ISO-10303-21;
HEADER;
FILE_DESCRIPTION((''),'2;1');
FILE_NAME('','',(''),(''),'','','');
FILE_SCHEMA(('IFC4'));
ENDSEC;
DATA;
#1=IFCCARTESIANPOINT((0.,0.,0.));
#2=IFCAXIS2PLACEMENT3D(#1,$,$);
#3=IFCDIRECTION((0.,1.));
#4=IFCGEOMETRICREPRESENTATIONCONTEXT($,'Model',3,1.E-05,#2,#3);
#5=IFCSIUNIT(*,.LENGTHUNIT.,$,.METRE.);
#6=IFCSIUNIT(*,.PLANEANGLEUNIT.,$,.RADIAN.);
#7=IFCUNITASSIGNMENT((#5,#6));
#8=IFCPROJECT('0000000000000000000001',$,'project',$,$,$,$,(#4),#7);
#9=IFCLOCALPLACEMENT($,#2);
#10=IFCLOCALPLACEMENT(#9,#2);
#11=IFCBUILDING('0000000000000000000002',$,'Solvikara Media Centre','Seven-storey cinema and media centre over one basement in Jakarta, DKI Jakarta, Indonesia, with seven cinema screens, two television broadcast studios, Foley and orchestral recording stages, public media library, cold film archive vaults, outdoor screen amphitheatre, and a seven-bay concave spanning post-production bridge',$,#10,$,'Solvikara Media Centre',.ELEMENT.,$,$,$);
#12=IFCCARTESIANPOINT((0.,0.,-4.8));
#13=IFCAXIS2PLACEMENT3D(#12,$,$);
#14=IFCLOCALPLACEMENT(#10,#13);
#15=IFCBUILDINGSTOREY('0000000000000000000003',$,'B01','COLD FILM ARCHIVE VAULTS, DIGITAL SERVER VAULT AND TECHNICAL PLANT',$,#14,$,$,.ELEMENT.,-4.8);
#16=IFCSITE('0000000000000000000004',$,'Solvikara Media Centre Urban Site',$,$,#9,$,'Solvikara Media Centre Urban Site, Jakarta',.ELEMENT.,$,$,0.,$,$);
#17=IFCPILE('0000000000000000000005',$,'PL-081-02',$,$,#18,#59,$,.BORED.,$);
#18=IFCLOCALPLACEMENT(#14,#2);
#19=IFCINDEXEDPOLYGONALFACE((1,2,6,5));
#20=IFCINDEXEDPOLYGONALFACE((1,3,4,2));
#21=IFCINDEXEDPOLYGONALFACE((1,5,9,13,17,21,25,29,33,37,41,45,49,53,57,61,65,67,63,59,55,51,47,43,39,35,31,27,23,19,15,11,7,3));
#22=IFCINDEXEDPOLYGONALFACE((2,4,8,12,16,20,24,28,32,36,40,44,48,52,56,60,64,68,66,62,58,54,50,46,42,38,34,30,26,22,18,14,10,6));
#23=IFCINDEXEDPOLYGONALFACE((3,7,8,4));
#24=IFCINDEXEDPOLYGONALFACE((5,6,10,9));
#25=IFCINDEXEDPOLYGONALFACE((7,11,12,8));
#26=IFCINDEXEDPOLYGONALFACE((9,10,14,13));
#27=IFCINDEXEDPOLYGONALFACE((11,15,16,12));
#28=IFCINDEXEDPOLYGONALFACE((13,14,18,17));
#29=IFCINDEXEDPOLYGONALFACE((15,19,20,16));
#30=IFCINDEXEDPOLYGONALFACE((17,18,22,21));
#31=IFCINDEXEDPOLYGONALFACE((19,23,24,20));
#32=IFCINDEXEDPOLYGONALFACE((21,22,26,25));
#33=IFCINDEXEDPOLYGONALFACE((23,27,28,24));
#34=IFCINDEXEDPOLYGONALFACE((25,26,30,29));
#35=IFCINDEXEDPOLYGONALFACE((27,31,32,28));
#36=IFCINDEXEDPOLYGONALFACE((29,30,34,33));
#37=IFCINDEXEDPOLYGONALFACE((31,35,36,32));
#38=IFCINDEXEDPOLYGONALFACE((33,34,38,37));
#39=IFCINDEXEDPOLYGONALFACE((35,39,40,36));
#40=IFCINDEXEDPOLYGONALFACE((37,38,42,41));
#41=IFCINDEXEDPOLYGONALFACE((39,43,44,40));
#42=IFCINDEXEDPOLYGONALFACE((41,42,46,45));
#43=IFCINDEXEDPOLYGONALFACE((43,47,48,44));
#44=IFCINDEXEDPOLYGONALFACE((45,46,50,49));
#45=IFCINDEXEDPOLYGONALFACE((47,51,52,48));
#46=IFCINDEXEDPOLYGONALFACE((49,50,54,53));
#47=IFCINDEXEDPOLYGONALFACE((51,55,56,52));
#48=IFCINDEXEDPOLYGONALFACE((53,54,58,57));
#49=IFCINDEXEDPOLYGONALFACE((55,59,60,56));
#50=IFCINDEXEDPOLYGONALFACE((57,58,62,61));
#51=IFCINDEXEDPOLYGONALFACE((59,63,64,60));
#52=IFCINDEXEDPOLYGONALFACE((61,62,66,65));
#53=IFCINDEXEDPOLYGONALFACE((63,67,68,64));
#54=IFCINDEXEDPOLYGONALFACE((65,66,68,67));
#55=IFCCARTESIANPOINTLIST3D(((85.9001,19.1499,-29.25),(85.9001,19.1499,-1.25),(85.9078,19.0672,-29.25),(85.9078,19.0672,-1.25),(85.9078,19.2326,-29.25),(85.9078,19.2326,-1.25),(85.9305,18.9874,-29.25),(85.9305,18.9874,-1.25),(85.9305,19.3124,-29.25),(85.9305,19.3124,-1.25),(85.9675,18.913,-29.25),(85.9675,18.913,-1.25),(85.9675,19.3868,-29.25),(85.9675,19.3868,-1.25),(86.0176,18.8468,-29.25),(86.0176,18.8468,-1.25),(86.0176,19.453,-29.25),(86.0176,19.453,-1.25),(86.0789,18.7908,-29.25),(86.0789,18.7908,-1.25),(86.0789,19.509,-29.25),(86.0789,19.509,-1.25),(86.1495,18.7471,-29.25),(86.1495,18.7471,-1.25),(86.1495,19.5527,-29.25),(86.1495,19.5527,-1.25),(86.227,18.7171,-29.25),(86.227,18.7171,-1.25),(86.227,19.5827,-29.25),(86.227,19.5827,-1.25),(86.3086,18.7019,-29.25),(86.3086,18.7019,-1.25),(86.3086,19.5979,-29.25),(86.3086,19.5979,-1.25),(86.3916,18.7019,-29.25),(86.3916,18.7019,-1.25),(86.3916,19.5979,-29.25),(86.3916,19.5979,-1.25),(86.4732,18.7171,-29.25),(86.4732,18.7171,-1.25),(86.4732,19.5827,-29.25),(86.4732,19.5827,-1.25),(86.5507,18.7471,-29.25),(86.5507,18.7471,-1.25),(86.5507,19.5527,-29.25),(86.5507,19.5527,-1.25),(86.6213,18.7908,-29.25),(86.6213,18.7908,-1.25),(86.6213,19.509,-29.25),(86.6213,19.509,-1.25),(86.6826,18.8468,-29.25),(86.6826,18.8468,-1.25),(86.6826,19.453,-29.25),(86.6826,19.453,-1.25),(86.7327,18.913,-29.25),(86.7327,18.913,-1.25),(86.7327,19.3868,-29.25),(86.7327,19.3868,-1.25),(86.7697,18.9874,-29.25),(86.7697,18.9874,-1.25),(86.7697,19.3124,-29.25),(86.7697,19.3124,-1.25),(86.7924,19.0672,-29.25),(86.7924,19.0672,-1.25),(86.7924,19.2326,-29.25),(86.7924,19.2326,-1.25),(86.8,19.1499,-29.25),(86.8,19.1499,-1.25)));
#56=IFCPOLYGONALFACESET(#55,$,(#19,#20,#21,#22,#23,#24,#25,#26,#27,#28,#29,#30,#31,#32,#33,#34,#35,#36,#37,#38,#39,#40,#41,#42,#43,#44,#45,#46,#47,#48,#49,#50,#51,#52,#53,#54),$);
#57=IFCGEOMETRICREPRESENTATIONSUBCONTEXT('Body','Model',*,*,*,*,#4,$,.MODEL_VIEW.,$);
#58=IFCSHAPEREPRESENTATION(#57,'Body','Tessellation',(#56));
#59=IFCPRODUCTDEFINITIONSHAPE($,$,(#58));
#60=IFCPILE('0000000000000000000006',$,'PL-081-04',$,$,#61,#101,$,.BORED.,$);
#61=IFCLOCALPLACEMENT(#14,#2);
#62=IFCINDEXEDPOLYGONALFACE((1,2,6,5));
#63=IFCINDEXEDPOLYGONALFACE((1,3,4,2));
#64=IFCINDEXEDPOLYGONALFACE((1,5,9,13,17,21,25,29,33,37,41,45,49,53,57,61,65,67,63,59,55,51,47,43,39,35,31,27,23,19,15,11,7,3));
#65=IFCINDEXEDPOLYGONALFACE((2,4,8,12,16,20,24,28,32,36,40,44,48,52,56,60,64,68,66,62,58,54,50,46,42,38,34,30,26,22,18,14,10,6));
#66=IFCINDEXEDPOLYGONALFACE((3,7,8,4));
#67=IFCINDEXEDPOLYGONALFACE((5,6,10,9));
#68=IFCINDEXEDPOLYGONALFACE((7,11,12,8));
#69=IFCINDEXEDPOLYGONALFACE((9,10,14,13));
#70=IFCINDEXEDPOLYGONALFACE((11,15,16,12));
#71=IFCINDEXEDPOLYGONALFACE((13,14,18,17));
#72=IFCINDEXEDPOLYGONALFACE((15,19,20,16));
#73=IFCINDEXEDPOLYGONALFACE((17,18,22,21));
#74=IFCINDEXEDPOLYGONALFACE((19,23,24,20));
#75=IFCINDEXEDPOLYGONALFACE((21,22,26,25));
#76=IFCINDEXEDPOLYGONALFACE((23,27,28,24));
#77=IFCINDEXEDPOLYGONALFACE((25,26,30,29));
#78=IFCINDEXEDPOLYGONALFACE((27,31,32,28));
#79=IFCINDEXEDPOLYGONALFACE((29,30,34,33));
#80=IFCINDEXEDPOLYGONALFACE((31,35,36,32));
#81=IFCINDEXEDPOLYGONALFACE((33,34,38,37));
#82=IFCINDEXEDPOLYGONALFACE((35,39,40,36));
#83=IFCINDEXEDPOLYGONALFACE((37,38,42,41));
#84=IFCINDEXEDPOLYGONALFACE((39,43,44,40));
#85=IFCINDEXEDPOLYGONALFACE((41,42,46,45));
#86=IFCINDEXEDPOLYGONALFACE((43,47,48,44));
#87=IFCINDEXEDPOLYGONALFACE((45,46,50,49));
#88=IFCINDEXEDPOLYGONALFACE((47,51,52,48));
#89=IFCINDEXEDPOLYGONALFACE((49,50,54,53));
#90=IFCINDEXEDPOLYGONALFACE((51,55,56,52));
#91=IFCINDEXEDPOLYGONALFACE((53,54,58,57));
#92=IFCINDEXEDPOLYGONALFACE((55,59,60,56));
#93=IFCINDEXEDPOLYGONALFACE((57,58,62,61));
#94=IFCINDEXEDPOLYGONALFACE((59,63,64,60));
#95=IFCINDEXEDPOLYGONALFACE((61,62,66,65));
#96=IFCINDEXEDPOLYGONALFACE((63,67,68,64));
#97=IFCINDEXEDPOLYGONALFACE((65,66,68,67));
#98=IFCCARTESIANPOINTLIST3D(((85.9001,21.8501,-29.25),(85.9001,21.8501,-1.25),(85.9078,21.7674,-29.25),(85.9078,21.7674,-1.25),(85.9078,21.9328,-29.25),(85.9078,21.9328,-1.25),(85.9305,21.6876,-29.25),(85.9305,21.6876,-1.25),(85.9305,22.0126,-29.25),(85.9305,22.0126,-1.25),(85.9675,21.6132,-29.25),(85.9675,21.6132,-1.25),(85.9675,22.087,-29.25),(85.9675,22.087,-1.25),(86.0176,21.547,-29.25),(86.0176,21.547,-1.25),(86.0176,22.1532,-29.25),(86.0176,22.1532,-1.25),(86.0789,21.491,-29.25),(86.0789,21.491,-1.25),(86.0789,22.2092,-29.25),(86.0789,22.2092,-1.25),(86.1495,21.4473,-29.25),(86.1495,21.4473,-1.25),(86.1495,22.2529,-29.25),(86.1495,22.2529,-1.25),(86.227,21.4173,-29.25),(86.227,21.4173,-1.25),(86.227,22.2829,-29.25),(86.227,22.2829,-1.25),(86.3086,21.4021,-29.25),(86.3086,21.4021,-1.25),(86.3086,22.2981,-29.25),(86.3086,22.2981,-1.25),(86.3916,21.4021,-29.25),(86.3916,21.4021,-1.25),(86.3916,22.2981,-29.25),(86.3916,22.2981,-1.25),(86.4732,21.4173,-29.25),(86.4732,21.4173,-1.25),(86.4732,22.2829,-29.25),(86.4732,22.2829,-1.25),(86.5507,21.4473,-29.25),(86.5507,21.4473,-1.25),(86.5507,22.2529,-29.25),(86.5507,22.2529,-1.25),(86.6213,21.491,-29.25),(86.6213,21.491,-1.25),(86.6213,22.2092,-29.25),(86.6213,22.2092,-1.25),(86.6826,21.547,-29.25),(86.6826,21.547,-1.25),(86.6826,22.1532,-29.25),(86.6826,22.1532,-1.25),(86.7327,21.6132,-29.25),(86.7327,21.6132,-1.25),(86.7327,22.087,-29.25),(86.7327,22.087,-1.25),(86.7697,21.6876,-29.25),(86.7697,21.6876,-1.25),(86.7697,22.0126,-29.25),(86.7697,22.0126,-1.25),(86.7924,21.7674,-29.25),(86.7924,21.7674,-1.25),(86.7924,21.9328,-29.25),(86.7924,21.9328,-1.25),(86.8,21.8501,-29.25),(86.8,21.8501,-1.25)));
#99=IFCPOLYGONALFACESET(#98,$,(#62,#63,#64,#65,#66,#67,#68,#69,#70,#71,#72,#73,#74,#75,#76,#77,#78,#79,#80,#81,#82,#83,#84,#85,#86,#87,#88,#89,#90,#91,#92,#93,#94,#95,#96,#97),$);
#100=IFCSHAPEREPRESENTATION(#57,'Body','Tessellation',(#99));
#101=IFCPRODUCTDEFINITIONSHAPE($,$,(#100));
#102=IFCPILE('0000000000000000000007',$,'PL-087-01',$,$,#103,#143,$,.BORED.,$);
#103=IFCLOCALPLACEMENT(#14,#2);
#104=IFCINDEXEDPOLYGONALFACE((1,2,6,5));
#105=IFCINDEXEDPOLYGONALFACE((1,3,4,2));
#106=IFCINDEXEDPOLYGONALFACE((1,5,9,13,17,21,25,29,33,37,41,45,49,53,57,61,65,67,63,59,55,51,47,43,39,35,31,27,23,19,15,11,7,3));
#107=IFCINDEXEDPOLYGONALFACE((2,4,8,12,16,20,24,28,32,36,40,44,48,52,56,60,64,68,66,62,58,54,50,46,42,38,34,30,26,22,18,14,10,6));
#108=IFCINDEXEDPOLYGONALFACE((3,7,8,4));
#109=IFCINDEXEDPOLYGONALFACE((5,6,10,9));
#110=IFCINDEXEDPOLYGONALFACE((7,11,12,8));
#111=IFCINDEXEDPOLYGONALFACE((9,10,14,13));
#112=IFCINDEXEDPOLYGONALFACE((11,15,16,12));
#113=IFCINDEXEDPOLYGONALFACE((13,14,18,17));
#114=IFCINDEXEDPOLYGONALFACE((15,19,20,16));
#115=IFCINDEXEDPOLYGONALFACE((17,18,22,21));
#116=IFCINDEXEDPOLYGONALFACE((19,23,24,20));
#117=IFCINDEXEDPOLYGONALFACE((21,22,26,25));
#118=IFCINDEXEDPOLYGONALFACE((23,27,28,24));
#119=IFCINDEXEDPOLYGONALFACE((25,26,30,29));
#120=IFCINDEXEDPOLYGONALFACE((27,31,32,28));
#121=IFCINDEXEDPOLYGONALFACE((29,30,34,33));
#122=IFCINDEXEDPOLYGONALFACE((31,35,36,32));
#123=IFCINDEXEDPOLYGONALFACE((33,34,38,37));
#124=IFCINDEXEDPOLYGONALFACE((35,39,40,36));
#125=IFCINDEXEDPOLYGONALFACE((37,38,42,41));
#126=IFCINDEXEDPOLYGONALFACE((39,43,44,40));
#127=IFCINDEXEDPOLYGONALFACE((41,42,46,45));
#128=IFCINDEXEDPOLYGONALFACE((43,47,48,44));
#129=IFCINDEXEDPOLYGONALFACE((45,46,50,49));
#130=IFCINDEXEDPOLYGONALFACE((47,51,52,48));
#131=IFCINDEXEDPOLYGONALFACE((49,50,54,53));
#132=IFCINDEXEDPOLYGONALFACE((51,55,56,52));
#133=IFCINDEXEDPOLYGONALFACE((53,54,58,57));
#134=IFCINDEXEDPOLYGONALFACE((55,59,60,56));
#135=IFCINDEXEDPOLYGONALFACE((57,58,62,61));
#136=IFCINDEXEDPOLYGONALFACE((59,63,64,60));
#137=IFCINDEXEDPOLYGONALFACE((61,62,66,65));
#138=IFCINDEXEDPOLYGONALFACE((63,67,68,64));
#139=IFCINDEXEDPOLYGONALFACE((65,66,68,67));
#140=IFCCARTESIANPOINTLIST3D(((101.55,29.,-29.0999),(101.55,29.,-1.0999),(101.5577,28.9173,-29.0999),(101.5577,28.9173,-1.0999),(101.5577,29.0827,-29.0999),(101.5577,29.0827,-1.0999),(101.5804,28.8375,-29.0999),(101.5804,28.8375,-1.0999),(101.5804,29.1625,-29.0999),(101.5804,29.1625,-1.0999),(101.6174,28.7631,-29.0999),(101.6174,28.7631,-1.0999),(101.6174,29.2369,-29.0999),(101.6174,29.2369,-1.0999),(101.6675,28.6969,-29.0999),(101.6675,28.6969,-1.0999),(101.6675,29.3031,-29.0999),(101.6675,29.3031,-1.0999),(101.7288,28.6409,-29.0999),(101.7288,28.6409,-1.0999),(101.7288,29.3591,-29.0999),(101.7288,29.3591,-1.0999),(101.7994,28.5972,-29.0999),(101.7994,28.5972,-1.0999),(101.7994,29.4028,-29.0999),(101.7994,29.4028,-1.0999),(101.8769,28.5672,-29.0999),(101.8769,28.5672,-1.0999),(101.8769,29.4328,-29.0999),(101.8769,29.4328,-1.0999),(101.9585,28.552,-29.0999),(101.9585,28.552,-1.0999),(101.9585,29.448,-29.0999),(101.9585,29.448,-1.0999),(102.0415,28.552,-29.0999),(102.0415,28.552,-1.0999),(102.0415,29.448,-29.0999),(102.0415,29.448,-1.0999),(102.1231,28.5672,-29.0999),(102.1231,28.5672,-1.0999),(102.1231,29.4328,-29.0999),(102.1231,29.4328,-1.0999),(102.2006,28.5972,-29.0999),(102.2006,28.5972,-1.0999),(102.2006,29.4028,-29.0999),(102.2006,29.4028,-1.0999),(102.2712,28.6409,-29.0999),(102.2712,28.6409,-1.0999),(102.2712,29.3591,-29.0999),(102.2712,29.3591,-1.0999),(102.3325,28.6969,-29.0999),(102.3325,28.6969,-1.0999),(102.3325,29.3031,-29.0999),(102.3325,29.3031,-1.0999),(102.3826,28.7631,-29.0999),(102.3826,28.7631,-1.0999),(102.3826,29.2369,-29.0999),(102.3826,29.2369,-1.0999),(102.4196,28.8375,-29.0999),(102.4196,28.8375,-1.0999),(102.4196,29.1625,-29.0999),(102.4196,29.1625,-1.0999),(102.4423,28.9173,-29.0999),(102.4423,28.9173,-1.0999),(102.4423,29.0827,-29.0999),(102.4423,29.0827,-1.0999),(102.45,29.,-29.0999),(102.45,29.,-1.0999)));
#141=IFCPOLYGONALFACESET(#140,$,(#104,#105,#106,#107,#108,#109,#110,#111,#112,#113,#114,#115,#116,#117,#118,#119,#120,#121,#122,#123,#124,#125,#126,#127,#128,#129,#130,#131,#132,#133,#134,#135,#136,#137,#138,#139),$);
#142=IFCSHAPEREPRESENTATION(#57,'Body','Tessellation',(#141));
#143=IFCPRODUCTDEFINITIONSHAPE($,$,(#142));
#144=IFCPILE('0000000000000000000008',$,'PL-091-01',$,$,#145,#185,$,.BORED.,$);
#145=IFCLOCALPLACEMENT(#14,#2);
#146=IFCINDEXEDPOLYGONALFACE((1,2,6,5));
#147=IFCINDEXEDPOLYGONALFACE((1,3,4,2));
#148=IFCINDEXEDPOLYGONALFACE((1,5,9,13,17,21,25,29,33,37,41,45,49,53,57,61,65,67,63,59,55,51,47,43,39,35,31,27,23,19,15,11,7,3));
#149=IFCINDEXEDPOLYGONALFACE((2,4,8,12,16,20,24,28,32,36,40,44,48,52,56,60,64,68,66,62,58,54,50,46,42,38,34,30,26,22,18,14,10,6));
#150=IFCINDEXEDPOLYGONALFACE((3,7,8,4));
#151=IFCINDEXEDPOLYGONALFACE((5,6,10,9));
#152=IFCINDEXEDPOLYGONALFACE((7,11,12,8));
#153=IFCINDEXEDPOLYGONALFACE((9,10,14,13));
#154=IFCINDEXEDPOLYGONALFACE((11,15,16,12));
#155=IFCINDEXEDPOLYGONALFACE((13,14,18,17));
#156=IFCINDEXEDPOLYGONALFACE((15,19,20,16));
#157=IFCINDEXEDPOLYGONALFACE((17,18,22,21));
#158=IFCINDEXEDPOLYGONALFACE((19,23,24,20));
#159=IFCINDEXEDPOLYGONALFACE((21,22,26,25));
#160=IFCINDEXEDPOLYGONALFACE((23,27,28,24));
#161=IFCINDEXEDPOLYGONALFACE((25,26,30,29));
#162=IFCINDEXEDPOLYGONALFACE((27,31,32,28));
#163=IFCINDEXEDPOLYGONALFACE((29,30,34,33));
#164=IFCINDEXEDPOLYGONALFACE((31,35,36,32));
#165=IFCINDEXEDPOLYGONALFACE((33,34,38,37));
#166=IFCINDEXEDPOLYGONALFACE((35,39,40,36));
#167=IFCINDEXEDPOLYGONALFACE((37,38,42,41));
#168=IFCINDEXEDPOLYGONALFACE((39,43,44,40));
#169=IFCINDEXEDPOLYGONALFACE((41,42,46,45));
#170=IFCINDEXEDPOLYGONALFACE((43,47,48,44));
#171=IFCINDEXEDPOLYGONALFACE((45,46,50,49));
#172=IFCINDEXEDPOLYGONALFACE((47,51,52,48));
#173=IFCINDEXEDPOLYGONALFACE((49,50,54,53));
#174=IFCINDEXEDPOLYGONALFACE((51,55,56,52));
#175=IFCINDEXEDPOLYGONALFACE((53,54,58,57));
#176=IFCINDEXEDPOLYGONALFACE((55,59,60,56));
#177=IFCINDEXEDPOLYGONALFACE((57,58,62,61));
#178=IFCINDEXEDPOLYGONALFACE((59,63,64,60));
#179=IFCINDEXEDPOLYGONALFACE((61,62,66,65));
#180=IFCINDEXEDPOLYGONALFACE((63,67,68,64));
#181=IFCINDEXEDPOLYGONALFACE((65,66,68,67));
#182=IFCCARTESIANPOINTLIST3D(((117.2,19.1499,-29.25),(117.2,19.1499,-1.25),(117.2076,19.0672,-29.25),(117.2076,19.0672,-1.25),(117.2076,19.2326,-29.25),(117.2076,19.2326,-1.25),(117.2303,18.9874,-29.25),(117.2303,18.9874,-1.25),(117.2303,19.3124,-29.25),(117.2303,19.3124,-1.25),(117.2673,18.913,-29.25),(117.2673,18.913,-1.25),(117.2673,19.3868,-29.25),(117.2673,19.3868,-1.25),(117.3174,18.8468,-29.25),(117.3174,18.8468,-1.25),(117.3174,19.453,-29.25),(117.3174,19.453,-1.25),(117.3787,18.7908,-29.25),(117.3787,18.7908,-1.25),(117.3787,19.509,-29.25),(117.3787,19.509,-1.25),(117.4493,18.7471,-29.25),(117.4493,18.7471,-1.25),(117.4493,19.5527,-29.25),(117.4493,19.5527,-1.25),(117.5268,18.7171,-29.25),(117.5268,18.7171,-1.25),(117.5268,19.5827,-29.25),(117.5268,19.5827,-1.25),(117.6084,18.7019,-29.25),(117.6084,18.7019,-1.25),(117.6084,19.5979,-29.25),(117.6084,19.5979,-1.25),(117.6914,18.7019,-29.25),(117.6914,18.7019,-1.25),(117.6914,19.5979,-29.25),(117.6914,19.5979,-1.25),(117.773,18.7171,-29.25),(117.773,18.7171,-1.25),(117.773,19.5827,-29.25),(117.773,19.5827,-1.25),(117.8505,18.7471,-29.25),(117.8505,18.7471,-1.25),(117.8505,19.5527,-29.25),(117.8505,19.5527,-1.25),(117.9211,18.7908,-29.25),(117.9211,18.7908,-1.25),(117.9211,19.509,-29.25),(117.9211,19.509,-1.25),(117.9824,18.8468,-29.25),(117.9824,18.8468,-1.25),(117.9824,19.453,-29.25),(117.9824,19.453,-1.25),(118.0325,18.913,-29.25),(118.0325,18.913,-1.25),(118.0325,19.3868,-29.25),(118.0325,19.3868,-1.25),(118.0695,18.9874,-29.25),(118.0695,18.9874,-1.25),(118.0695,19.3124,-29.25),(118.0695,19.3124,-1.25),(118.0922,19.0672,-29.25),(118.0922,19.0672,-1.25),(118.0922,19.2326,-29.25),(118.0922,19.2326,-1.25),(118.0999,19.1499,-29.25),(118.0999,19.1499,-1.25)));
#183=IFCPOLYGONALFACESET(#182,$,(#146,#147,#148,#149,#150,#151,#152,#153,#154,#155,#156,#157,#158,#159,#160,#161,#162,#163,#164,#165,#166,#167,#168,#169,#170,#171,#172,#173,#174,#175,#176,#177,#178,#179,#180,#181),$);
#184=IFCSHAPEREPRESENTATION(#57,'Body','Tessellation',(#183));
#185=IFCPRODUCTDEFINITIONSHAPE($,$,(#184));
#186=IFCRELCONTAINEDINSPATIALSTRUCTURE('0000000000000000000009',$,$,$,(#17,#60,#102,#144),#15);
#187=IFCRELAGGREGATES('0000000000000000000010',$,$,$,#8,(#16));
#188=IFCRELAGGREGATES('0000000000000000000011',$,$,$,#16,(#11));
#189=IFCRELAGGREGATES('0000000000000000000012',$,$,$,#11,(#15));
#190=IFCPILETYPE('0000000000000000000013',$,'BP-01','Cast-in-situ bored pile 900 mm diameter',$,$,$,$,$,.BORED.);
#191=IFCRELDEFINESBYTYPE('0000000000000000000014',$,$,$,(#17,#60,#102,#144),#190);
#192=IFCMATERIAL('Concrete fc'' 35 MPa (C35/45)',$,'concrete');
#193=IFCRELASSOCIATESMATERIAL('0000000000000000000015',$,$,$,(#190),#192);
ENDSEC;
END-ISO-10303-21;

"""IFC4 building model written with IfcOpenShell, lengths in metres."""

from ifc_helpers import new_model, si_unit, direction, frame, origin, origin_2d, place, context, subcontext, project, spatial, circle, extrude, material, material_profile, profile_set, type_object, element, save


model = new_model("IFC4")

# Units and contexts
model_context = context("Model", 3, precision=1e-05, world=origin(), true_north=direction((0.0, 1.0)))
body_context = subcontext(model_context, "Body", "Model", "MODEL_VIEW")
ifc_project = project(units=[si_unit("LENGTHUNIT", "METRE"), si_unit("PLANEANGLEUNIT", "RADIAN")], contexts=[model_context])

# Site, building, storey
site_placement = place(None, origin())
site = spatial("IfcSite", under=ifc_project, at=site_placement, Name="Solvikara Media Centre Urban Site", LongName="Solvikara Media Centre Urban Site, Jakarta", CompositionType="ELEMENT", RefElevation=0.0)
building_placement = place(site_placement, origin())
building = spatial("IfcBuilding", under=site, at=building_placement, Name="Solvikara Media Centre", Description="Seven-storey cinema and media centre over one basement in Jakarta, DKI Jakarta, Indonesia, with seven cinema screens, two television broadcast studios, Foley and orchestral recording stages, public media library, cold film archive vaults, outdoor screen amphitheatre, and a seven-bay concave spanning post-production bridge", LongName="Solvikara Media Centre", CompositionType="ELEMENT")
storey_placement = place(building_placement, frame((0.0, 0.0, -4.8)))
storey = spatial("IfcBuildingStorey", under=building, at=storey_placement, Name="B01", Description="COLD FILM ARCHIVE VAULTS, DIGITAL SERVER VAULT AND TECHNICAL PLANT", CompositionType="ELEMENT", Elevation=-4.8)

# Piles
ifc_material_1 = material(Name="Concrete fc' 35 MPa (C35/45)", Category="concrete")
ifc_material_profile_1 = material_profile(ifc_material_1, circle(Radius=0.45, at=origin_2d()), Name="BORED PILE D900")
ifc_profile_set_1 = profile_set([ifc_material_profile_1], Name="Concrete fc' 35 MPa (C35/45)")
pile_type_1 = type_object("IfcPileType", Name="BP-01", Description="Cast-in-situ bored pile 900 mm diameter", PredefinedType="BORED", material=ifc_profile_set_1)
for number, where, z_axis, x_axis, name in (
    (1, (86.3501, 19.1499, -1.25), (0.0, 0.0, -1.0), (1.0, 0.0, 0.0), "PL-081-02"),
    (2, (86.3501, 21.8501, -1.25), (0.0, 0.0, -1.0), (1.0, 0.0, 0.0), "PL-081-04"),
    (3, (102.0, 29.0, -1.0999), (0.0, 0.0, -1.0), (1.0, 0.0, 0.0), "PL-087-01"),
    (4, (117.6499, 19.1499, -1.25), (0.0, 0.0, -1.0), (1.0, 0.0, 0.0), "PL-091-01"),
):
    element("IfcPile", number, at=place(storey_placement, frame(where, z_axis=z_axis, x_axis=x_axis)), inside=storey, type_object=pile_type_1, Name=name, PredefinedType="BORED", context=body_context, shape_type="SweptSolid", body=[
        extrude(circle(Radius=0.45, at=origin_2d()), origin(), (0.0, 0.0, 1.0), 28.0),
    ])

save(model, "model.ifc")
